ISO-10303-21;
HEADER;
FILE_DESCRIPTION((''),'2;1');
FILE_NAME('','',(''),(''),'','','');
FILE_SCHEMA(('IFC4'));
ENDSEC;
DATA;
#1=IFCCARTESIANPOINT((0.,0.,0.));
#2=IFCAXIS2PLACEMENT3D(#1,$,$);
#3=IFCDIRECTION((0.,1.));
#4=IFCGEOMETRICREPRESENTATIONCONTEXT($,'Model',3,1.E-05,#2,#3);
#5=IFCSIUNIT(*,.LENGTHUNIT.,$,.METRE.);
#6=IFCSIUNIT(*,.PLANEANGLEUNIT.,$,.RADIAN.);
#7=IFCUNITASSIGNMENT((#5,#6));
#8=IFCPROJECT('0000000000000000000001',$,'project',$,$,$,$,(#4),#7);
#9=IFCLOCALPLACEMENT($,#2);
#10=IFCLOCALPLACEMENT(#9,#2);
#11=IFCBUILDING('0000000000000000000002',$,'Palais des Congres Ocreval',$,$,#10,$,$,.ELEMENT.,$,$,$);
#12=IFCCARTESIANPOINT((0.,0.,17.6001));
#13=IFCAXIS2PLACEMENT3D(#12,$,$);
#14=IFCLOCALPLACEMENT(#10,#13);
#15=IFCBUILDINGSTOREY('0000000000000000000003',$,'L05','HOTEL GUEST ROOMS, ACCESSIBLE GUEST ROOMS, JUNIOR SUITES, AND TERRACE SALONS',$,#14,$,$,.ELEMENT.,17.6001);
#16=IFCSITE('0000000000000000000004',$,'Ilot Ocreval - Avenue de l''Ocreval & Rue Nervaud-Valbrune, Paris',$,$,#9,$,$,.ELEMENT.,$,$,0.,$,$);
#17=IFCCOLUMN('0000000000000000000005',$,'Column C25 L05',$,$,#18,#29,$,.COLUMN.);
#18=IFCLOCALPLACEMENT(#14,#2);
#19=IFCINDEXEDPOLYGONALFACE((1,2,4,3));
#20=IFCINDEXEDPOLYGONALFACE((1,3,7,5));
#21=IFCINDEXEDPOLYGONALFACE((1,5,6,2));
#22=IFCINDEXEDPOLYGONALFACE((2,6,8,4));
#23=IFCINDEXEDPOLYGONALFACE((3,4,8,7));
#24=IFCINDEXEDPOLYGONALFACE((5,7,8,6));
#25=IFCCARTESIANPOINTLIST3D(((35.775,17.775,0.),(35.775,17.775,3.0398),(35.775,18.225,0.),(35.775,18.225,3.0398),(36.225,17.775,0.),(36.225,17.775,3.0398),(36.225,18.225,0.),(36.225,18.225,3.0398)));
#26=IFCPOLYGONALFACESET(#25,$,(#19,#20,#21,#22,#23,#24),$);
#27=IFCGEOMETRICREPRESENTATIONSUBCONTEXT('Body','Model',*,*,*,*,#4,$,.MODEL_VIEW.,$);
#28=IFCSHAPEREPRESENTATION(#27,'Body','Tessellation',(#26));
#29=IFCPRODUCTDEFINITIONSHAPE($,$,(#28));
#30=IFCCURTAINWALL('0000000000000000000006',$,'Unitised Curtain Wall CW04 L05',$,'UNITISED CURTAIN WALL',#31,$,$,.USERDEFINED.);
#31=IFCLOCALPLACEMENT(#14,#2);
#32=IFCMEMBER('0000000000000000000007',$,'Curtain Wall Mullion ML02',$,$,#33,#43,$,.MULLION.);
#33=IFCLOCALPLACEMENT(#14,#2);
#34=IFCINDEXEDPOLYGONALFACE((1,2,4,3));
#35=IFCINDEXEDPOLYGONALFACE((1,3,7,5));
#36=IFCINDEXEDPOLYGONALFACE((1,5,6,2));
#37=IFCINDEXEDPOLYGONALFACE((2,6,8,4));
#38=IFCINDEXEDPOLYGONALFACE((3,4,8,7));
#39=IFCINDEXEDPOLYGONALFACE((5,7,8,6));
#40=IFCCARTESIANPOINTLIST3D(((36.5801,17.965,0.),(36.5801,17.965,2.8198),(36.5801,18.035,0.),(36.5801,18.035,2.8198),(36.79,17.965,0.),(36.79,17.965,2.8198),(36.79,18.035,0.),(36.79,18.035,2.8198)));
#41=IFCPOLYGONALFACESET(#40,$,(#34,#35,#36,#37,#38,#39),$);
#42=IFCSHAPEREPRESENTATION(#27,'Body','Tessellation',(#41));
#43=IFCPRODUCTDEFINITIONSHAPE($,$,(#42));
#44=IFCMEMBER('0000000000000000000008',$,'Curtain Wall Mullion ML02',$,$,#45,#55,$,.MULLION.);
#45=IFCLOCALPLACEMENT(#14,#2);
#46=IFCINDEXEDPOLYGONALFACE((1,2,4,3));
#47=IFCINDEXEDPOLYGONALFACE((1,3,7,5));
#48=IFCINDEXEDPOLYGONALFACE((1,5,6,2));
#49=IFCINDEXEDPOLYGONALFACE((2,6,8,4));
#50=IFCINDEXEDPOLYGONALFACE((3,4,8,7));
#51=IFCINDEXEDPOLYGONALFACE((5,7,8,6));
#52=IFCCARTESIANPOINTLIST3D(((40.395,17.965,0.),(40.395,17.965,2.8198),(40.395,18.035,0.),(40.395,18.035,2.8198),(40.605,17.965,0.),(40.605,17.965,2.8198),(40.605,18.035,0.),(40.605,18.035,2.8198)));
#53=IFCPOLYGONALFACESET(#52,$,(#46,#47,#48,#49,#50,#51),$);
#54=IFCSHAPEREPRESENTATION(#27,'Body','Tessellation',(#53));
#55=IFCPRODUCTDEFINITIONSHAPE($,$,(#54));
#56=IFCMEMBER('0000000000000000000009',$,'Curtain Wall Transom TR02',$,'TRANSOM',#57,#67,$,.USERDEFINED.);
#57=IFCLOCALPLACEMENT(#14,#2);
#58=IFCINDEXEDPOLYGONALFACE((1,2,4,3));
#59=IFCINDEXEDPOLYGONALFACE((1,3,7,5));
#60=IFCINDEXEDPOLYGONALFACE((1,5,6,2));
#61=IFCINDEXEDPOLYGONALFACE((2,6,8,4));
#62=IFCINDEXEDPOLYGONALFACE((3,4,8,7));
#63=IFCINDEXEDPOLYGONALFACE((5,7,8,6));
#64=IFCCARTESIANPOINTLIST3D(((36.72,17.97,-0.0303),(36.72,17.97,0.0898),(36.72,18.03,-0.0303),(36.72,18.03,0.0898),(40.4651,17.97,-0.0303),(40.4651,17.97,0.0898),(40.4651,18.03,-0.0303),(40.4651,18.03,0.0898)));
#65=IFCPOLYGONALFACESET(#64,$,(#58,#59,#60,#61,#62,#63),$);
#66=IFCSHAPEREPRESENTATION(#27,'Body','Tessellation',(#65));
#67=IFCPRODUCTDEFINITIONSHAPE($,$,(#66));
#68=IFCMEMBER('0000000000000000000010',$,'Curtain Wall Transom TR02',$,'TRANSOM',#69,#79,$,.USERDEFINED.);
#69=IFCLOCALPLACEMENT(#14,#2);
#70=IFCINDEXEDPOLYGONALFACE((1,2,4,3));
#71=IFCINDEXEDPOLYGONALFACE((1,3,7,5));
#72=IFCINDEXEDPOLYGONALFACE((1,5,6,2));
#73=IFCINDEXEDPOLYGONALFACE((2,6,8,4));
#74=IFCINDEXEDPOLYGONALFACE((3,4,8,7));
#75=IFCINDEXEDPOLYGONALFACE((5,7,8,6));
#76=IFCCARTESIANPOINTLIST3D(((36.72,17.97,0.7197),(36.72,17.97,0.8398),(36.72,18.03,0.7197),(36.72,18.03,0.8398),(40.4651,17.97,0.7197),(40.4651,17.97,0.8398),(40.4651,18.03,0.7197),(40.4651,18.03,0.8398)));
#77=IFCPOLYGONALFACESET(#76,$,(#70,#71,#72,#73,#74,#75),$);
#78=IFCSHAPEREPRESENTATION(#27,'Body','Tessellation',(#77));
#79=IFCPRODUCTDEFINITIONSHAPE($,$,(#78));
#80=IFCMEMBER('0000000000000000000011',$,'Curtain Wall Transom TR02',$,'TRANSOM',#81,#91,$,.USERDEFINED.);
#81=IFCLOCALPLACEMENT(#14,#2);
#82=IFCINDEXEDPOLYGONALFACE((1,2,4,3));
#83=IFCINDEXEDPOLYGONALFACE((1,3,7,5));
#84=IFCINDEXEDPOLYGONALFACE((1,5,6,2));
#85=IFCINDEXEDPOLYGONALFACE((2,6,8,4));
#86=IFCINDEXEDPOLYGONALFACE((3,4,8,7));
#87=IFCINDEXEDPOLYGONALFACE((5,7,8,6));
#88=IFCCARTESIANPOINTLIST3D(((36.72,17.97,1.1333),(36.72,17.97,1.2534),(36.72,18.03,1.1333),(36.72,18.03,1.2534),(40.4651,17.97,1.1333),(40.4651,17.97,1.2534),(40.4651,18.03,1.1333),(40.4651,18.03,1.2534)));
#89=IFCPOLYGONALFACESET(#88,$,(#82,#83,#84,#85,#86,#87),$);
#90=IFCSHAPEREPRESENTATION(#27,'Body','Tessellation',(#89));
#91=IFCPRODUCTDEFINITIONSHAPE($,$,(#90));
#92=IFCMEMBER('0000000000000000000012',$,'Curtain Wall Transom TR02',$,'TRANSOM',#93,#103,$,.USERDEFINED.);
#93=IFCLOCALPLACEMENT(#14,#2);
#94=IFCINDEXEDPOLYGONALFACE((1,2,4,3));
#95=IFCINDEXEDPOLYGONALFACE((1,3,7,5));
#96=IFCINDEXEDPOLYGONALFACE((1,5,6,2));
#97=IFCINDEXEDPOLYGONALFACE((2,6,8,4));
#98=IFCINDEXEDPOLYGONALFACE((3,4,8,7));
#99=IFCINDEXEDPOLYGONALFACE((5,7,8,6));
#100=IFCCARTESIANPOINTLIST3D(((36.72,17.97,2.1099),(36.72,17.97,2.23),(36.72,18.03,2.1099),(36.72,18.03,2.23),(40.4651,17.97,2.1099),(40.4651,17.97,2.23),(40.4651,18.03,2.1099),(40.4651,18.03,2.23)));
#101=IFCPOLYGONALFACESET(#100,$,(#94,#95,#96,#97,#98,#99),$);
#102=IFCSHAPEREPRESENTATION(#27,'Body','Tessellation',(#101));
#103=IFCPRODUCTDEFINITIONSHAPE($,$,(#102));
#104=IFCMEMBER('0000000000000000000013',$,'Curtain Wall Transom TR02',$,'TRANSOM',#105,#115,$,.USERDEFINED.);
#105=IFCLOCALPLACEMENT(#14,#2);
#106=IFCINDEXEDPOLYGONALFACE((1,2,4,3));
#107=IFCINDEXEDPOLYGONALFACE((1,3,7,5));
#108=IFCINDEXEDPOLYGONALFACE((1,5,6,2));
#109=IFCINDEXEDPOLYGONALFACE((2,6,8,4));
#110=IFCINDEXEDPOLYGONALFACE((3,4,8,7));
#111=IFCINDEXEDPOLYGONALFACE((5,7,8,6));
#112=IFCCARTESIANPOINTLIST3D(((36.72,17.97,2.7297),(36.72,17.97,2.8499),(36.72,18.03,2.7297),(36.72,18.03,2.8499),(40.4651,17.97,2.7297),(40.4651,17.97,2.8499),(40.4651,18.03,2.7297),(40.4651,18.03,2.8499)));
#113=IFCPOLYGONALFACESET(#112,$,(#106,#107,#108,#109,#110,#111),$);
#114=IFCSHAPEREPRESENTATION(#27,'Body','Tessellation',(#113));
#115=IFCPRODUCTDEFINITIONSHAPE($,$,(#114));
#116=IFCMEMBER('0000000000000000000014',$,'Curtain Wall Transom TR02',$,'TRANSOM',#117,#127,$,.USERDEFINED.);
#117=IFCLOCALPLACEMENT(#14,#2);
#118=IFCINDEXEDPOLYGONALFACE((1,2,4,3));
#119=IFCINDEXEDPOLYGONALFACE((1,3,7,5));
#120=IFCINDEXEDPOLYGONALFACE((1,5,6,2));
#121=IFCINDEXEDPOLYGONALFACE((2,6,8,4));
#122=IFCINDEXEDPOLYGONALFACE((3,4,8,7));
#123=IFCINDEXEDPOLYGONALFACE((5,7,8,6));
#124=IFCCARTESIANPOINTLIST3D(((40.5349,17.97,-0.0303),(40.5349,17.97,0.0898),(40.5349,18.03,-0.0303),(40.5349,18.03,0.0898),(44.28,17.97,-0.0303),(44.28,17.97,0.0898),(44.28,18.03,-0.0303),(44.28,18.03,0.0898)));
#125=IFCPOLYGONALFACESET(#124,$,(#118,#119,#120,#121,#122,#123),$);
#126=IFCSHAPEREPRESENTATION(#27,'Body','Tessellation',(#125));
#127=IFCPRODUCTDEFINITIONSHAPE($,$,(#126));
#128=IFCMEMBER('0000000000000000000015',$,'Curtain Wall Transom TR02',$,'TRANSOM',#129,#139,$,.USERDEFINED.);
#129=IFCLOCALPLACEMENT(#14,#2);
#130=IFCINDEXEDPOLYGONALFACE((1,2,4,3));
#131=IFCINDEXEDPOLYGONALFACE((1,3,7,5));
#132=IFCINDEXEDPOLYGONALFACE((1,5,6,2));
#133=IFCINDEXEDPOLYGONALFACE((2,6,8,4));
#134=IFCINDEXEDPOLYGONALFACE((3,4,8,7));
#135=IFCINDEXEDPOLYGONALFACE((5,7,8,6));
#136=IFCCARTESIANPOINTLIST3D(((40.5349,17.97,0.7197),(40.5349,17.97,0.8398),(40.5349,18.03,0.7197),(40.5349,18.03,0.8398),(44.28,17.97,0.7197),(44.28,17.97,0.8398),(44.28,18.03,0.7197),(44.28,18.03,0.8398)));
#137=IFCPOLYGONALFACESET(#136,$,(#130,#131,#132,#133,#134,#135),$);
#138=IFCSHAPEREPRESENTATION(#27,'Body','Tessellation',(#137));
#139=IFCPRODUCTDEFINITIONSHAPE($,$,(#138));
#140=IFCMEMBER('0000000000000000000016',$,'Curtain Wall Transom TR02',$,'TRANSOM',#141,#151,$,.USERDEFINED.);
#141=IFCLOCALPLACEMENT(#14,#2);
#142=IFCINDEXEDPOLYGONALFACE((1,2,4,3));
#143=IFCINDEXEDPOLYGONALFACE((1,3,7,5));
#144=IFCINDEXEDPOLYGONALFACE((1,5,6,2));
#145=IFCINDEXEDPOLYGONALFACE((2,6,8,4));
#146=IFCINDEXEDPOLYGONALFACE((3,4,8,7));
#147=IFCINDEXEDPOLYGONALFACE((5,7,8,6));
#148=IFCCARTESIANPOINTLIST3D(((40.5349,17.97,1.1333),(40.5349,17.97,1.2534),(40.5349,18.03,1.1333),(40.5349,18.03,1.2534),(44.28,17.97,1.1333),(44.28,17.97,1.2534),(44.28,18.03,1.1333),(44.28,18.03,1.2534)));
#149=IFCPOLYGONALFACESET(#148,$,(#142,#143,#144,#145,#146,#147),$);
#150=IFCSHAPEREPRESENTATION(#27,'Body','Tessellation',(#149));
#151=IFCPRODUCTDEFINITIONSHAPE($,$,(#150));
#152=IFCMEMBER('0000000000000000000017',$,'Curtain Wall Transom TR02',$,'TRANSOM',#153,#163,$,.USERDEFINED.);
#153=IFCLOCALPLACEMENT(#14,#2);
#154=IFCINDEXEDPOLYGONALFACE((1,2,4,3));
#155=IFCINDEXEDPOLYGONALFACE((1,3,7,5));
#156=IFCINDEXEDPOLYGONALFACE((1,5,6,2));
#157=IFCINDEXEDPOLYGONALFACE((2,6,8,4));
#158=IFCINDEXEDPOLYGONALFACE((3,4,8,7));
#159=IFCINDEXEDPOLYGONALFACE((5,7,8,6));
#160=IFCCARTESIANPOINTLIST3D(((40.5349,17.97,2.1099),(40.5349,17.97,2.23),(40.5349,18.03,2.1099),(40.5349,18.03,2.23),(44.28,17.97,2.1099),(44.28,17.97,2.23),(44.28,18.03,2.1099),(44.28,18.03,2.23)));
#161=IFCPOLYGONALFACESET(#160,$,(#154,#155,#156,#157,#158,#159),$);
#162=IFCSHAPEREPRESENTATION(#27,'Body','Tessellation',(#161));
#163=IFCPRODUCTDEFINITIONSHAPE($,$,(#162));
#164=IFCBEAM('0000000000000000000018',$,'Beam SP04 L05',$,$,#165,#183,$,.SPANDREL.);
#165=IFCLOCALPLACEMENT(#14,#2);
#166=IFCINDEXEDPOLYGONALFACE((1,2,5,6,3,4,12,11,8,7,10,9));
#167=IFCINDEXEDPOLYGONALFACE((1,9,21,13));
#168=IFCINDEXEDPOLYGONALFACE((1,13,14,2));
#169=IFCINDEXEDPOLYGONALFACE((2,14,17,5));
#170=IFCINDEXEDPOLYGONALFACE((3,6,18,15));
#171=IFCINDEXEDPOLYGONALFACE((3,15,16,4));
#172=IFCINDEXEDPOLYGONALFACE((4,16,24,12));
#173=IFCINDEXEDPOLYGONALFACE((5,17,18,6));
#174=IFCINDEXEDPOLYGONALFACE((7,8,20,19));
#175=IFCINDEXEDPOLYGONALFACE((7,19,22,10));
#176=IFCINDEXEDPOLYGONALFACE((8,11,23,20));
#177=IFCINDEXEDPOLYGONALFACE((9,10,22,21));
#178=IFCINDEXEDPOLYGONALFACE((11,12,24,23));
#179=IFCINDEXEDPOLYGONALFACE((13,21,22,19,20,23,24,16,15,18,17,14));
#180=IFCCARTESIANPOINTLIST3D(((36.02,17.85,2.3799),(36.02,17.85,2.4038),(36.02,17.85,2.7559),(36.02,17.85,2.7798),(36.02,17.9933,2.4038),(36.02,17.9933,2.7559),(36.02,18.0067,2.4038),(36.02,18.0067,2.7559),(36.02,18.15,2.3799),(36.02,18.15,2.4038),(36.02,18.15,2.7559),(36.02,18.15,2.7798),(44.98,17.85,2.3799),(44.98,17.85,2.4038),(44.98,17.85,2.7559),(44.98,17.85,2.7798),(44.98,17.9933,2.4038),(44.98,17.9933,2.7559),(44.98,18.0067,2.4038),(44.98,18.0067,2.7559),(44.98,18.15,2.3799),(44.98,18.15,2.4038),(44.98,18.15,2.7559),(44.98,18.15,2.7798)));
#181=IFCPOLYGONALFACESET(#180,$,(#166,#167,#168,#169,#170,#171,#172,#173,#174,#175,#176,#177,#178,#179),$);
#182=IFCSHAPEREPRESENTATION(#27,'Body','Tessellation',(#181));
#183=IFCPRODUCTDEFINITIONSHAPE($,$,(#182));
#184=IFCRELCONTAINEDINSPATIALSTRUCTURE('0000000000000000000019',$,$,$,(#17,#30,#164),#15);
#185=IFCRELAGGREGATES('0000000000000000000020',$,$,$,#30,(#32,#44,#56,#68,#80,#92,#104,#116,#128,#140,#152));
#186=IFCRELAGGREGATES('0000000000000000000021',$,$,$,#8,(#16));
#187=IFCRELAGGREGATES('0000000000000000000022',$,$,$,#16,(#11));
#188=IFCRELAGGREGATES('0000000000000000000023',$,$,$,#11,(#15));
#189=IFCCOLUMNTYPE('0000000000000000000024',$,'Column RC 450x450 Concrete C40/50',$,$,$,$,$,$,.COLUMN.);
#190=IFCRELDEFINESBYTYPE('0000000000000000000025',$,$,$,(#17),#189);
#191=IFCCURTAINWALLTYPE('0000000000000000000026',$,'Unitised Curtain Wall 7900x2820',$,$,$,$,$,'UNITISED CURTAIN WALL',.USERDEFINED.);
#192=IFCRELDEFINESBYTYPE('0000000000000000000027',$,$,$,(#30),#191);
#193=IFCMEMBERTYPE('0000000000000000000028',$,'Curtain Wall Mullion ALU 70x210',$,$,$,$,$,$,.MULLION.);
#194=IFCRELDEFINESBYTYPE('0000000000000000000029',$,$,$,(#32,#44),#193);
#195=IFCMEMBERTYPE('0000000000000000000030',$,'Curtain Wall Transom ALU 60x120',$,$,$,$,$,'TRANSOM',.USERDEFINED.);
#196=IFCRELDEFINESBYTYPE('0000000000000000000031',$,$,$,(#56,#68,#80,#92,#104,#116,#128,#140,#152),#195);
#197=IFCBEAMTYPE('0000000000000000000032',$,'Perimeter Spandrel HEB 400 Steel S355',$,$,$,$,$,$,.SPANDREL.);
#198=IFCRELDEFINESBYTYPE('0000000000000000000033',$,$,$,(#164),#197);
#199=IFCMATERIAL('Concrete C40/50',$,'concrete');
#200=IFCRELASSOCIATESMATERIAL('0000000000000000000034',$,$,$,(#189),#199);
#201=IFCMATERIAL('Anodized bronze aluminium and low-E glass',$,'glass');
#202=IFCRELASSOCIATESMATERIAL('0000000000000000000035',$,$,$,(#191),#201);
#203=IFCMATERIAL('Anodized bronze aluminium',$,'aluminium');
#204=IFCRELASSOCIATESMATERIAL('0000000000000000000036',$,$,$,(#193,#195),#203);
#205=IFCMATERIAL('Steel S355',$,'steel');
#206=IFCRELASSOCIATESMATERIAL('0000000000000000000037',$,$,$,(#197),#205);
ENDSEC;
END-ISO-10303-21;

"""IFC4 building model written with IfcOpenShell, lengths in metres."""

from ifc_helpers import new_model, si_unit, direction, frame, origin, origin_2d, place, context, subcontext, project, spatial, rectangle, i_section, extrude, material, material_profile, profile_set, type_object, element, aggregate, save


model = new_model("IFC4")

# Units and contexts
model_context = context("Model", 3, precision=1e-05, world=origin(), true_north=direction((0.0, 1.0)))
body_context = subcontext(model_context, "Body", "Model", "MODEL_VIEW")
ifc_project = project(units=[si_unit("LENGTHUNIT", "METRE"), si_unit("PLANEANGLEUNIT", "RADIAN")], contexts=[model_context])

# Site, building, storey
site_placement = place(None, origin())
site = spatial("IfcSite", under=ifc_project, at=site_placement, Name="Ilot Ocreval - Avenue de l'Ocreval & Rue Nervaud-Valbrune, Paris", CompositionType="ELEMENT", RefElevation=0.0)
building_placement = place(site_placement, origin())
building = spatial("IfcBuilding", under=site, at=building_placement, Name="Palais des Congres Ocreval", CompositionType="ELEMENT")
storey_placement = place(building_placement, frame((0.0, 0.0, 17.6001)))
storey = spatial("IfcBuildingStorey", under=building, at=storey_placement, Name="L05", Description="HOTEL GUEST ROOMS, ACCESSIBLE GUEST ROOMS, JUNIOR SUITES, AND TERRACE SALONS", CompositionType="ELEMENT", Elevation=17.6001)

# Column
ifc_material_1 = material(Name="Concrete C40/50", Category="concrete")
ifc_material_profile_1 = material_profile(ifc_material_1, rectangle(XDim=0.45, YDim=0.45, at=origin_2d()), Name="RC 450x450")
ifc_profile_set_1 = profile_set([ifc_material_profile_1], Name="Concrete C40/50")
column_type = type_object("IfcColumnType", Name="Column RC 450x450 Concrete C40/50", PredefinedType="COLUMN", material=ifc_profile_set_1)
column_placement = place(storey_placement, frame((36.0, 18.0, 0.0), z_axis=(0.0, 0.0, 1.0), x_axis=(1.0, 0.0, 0.0)))
element("IfcColumn", 1, at=column_placement, inside=storey, type_object=column_type, Name="Column C25 L05", PredefinedType="COLUMN", context=body_context, shape_type="SweptSolid", body=[
    extrude(rectangle(XDim=0.45, YDim=0.45, at=origin_2d()), origin(), (0.0, 0.0, 1.0), 3.0398),
])

# Curtain wall, members
ifc_material_2 = material(Name="Anodized bronze aluminium and low-E glass", Category="glass")
curtain_wall_type = type_object("IfcCurtainWallType", Name="Unitised Curtain Wall 7900x2820", ElementType="UNITISED CURTAIN WALL", PredefinedType="USERDEFINED", material=ifc_material_2)
curtain_wall_placement = place(storey_placement, origin())
curtain_wall = element("IfcCurtainWall", 2, at=curtain_wall_placement, inside=storey, type_object=curtain_wall_type, Name="Unitised Curtain Wall CW04 L05", ObjectType="UNITISED CURTAIN WALL", PredefinedType="USERDEFINED")
ifc_material_3 = material(Name="Anodized bronze aluminium", Category="aluminium")
ifc_material_profile_2 = material_profile(ifc_material_3, rectangle(XDim=0.0701, YDim=0.21, at=origin_2d()), Name="ALU 70x210")
ifc_profile_set_2 = profile_set([ifc_material_profile_2], Name="Anodized bronze aluminium")
member_type_1 = type_object("IfcMemberType", Name="Curtain Wall Mullion ALU 70x210", PredefinedType="MULLION", material=ifc_profile_set_2)
member_1_placement = place(storey_placement, frame((36.6851, 18.0, 0.0), z_axis=(0.0, 0.0, 1.0), x_axis=(0.0, 1.0, 0.0)))
member_1 = element("IfcMember", 3, at=member_1_placement, type_object=member_type_1, Name="Curtain Wall Mullion ML02", PredefinedType="MULLION", context=body_context, shape_type="SweptSolid", body=[
    extrude(rectangle(XDim=0.0701, YDim=0.21, at=origin_2d()), origin(), (0.0, 0.0, 1.0), 2.8198),
])
member_2_placement = place(storey_placement, frame((40.5, 18.0, 0.0), z_axis=(0.0, 0.0, 1.0), x_axis=(0.0, 1.0, 0.0)))
member_2 = element("IfcMember", 4, at=member_2_placement, type_object=member_type_1, Name="Curtain Wall Mullion ML02", PredefinedType="MULLION", context=body_context, shape_type="SweptSolid", body=[
    extrude(rectangle(XDim=0.0701, YDim=0.21, at=origin_2d()), origin(), (0.0, 0.0, 1.0), 2.8198),
])
ifc_material_profile_3 = material_profile(ifc_material_3, rectangle(XDim=0.0601, YDim=0.1201, at=origin_2d()), Name="ALU 60x120")
ifc_profile_set_3 = profile_set([ifc_material_profile_3], Name="Anodized bronze aluminium")
member_type_2 = type_object("IfcMemberType", Name="Curtain Wall Transom ALU 60x120", ElementType="TRANSOM", PredefinedType="USERDEFINED", material=ifc_profile_set_3)
member_3_placement = place(storey_placement, frame((36.72, 18.0, 0.0298), z_axis=(1.0, 0.0, 0.0), x_axis=(0.0, 1.0, 0.0)))
member_3 = element("IfcMember", 5, at=member_3_placement, type_object=member_type_2, Name="Curtain Wall Transom TR02", ObjectType="TRANSOM", PredefinedType="USERDEFINED", context=body_context, shape_type="SweptSolid", body=[
    extrude(rectangle(XDim=0.0601, YDim=0.1201, at=origin_2d()), origin(), (0.0, 0.0, 1.0), 3.7451),
])
member_4_placement = place(storey_placement, frame((36.72, 18.0, 0.7798), z_axis=(1.0, 0.0, 0.0), x_axis=(0.0, 1.0, 0.0)))
member_4 = element("IfcMember", 6, at=member_4_placement, type_object=member_type_2, Name="Curtain Wall Transom TR02", ObjectType="TRANSOM", PredefinedType="USERDEFINED", context=body_context, shape_type="SweptSolid", body=[
    extrude(rectangle(XDim=0.0601, YDim=0.1201, at=origin_2d()), origin(), (0.0, 0.0, 1.0), 3.7451),
])
member_5_placement = place(storey_placement, frame((36.72, 18.0, 1.1934), z_axis=(1.0, 0.0, 0.0), x_axis=(0.0, 1.0, 0.0)))
member_5 = element("IfcMember", 7, at=member_5_placement, type_object=member_type_2, Name="Curtain Wall Transom TR02", ObjectType="TRANSOM", PredefinedType="USERDEFINED", context=body_context, shape_type="SweptSolid", body=[
    extrude(rectangle(XDim=0.0601, YDim=0.1201, at=origin_2d()), origin(), (0.0, 0.0, 1.0), 3.7451),
])
member_6_placement = place(storey_placement, frame((36.72, 18.0, 2.1699), z_axis=(1.0, 0.0, 0.0), x_axis=(0.0, 1.0, 0.0)))
member_6 = element("IfcMember", 8, at=member_6_placement, type_object=member_type_2, Name="Curtain Wall Transom TR02", ObjectType="TRANSOM", PredefinedType="USERDEFINED", context=body_context, shape_type="SweptSolid", body=[
    extrude(rectangle(XDim=0.0601, YDim=0.1201, at=origin_2d()), origin(), (0.0, 0.0, 1.0), 3.7451),
])
member_7_placement = place(storey_placement, frame((36.72, 18.0, 2.7898), z_axis=(1.0, 0.0, 0.0), x_axis=(0.0, 1.0, 0.0)))
member_7 = element("IfcMember", 9, at=member_7_placement, type_object=member_type_2, Name="Curtain Wall Transom TR02", ObjectType="TRANSOM", PredefinedType="USERDEFINED", context=body_context, shape_type="SweptSolid", body=[
    extrude(rectangle(XDim=0.0601, YDim=0.1201, at=origin_2d()), origin(), (0.0, 0.0, 1.0), 3.7451),
])
member_8_placement = place(storey_placement, frame((40.5349, 18.0, 0.0298), z_axis=(1.0, 0.0, 0.0), x_axis=(0.0, 1.0, 0.0)))
member_8 = element("IfcMember", 10, at=member_8_placement, type_object=member_type_2, Name="Curtain Wall Transom TR02", ObjectType="TRANSOM", PredefinedType="USERDEFINED", context=body_context, shape_type="SweptSolid", body=[
    extrude(rectangle(XDim=0.0601, YDim=0.1201, at=origin_2d()), origin(), (0.0, 0.0, 1.0), 3.7451),
])
member_9_placement = place(storey_placement, frame((40.5349, 18.0, 0.7798), z_axis=(1.0, 0.0, 0.0), x_axis=(0.0, 1.0, 0.0)))
member_9 = element("IfcMember", 11, at=member_9_placement, type_object=member_type_2, Name="Curtain Wall Transom TR02", ObjectType="TRANSOM", PredefinedType="USERDEFINED", context=body_context, shape_type="SweptSolid", body=[
    extrude(rectangle(XDim=0.0601, YDim=0.1201, at=origin_2d()), origin(), (0.0, 0.0, 1.0), 3.7451),
])
member_10_placement = place(storey_placement, frame((40.5349, 18.0, 1.1934), z_axis=(1.0, 0.0, 0.0), x_axis=(0.0, 1.0, 0.0)))
member_10 = element("IfcMember", 12, at=member_10_placement, type_object=member_type_2, Name="Curtain Wall Transom TR02", ObjectType="TRANSOM", PredefinedType="USERDEFINED", context=body_context, shape_type="SweptSolid", body=[
    extrude(rectangle(XDim=0.0601, YDim=0.1201, at=origin_2d()), origin(), (0.0, 0.0, 1.0), 3.7451),
])
member_11_placement = place(storey_placement, frame((40.5349, 18.0, 2.1699), z_axis=(1.0, 0.0, 0.0), x_axis=(0.0, 1.0, 0.0)))
member_11 = element("IfcMember", 13, at=member_11_placement, type_object=member_type_2, Name="Curtain Wall Transom TR02", ObjectType="TRANSOM", PredefinedType="USERDEFINED", context=body_context, shape_type="SweptSolid", body=[
    extrude(rectangle(XDim=0.0601, YDim=0.1201, at=origin_2d()), origin(), (0.0, 0.0, 1.0), 3.7451),
])

# Beam
ifc_material_4 = material(Name="Steel S355", Category="steel")
ifc_material_profile_4 = material_profile(ifc_material_4, i_section(OverallWidth=0.3, OverallDepth=0.3999, WebThickness=0.0134, FlangeThickness=0.0239, at=origin_2d()), Name="HEB 400")
ifc_profile_set_4 = profile_set([ifc_material_profile_4], Name="Steel S355")
beam_type = type_object("IfcBeamType", Name="Perimeter Spandrel HEB 400 Steel S355", PredefinedType="SPANDREL", material=ifc_profile_set_4)
beam_placement = place(storey_placement, frame((36.02, 18.0, 2.5798), z_axis=(1.0, 0.0, 0.0), x_axis=(0.0, 1.0, 0.0)))
element("IfcBeam", 14, at=beam_placement, inside=storey, type_object=beam_type, Name="Beam SP04 L05", PredefinedType="SPANDREL", context=body_context, shape_type="SweptSolid", body=[
    extrude(i_section(OverallWidth=0.3, OverallDepth=0.3999, WebThickness=0.0134, FlangeThickness=0.0239, at=origin_2d()), origin(), (0.0, 0.0, 1.0), 8.96),
])

aggregate(curtain_wall, [member_1, member_2, member_3, member_4, member_5, member_6, member_7, member_8, member_9, member_10, member_11])

save(model, "model.ifc")
